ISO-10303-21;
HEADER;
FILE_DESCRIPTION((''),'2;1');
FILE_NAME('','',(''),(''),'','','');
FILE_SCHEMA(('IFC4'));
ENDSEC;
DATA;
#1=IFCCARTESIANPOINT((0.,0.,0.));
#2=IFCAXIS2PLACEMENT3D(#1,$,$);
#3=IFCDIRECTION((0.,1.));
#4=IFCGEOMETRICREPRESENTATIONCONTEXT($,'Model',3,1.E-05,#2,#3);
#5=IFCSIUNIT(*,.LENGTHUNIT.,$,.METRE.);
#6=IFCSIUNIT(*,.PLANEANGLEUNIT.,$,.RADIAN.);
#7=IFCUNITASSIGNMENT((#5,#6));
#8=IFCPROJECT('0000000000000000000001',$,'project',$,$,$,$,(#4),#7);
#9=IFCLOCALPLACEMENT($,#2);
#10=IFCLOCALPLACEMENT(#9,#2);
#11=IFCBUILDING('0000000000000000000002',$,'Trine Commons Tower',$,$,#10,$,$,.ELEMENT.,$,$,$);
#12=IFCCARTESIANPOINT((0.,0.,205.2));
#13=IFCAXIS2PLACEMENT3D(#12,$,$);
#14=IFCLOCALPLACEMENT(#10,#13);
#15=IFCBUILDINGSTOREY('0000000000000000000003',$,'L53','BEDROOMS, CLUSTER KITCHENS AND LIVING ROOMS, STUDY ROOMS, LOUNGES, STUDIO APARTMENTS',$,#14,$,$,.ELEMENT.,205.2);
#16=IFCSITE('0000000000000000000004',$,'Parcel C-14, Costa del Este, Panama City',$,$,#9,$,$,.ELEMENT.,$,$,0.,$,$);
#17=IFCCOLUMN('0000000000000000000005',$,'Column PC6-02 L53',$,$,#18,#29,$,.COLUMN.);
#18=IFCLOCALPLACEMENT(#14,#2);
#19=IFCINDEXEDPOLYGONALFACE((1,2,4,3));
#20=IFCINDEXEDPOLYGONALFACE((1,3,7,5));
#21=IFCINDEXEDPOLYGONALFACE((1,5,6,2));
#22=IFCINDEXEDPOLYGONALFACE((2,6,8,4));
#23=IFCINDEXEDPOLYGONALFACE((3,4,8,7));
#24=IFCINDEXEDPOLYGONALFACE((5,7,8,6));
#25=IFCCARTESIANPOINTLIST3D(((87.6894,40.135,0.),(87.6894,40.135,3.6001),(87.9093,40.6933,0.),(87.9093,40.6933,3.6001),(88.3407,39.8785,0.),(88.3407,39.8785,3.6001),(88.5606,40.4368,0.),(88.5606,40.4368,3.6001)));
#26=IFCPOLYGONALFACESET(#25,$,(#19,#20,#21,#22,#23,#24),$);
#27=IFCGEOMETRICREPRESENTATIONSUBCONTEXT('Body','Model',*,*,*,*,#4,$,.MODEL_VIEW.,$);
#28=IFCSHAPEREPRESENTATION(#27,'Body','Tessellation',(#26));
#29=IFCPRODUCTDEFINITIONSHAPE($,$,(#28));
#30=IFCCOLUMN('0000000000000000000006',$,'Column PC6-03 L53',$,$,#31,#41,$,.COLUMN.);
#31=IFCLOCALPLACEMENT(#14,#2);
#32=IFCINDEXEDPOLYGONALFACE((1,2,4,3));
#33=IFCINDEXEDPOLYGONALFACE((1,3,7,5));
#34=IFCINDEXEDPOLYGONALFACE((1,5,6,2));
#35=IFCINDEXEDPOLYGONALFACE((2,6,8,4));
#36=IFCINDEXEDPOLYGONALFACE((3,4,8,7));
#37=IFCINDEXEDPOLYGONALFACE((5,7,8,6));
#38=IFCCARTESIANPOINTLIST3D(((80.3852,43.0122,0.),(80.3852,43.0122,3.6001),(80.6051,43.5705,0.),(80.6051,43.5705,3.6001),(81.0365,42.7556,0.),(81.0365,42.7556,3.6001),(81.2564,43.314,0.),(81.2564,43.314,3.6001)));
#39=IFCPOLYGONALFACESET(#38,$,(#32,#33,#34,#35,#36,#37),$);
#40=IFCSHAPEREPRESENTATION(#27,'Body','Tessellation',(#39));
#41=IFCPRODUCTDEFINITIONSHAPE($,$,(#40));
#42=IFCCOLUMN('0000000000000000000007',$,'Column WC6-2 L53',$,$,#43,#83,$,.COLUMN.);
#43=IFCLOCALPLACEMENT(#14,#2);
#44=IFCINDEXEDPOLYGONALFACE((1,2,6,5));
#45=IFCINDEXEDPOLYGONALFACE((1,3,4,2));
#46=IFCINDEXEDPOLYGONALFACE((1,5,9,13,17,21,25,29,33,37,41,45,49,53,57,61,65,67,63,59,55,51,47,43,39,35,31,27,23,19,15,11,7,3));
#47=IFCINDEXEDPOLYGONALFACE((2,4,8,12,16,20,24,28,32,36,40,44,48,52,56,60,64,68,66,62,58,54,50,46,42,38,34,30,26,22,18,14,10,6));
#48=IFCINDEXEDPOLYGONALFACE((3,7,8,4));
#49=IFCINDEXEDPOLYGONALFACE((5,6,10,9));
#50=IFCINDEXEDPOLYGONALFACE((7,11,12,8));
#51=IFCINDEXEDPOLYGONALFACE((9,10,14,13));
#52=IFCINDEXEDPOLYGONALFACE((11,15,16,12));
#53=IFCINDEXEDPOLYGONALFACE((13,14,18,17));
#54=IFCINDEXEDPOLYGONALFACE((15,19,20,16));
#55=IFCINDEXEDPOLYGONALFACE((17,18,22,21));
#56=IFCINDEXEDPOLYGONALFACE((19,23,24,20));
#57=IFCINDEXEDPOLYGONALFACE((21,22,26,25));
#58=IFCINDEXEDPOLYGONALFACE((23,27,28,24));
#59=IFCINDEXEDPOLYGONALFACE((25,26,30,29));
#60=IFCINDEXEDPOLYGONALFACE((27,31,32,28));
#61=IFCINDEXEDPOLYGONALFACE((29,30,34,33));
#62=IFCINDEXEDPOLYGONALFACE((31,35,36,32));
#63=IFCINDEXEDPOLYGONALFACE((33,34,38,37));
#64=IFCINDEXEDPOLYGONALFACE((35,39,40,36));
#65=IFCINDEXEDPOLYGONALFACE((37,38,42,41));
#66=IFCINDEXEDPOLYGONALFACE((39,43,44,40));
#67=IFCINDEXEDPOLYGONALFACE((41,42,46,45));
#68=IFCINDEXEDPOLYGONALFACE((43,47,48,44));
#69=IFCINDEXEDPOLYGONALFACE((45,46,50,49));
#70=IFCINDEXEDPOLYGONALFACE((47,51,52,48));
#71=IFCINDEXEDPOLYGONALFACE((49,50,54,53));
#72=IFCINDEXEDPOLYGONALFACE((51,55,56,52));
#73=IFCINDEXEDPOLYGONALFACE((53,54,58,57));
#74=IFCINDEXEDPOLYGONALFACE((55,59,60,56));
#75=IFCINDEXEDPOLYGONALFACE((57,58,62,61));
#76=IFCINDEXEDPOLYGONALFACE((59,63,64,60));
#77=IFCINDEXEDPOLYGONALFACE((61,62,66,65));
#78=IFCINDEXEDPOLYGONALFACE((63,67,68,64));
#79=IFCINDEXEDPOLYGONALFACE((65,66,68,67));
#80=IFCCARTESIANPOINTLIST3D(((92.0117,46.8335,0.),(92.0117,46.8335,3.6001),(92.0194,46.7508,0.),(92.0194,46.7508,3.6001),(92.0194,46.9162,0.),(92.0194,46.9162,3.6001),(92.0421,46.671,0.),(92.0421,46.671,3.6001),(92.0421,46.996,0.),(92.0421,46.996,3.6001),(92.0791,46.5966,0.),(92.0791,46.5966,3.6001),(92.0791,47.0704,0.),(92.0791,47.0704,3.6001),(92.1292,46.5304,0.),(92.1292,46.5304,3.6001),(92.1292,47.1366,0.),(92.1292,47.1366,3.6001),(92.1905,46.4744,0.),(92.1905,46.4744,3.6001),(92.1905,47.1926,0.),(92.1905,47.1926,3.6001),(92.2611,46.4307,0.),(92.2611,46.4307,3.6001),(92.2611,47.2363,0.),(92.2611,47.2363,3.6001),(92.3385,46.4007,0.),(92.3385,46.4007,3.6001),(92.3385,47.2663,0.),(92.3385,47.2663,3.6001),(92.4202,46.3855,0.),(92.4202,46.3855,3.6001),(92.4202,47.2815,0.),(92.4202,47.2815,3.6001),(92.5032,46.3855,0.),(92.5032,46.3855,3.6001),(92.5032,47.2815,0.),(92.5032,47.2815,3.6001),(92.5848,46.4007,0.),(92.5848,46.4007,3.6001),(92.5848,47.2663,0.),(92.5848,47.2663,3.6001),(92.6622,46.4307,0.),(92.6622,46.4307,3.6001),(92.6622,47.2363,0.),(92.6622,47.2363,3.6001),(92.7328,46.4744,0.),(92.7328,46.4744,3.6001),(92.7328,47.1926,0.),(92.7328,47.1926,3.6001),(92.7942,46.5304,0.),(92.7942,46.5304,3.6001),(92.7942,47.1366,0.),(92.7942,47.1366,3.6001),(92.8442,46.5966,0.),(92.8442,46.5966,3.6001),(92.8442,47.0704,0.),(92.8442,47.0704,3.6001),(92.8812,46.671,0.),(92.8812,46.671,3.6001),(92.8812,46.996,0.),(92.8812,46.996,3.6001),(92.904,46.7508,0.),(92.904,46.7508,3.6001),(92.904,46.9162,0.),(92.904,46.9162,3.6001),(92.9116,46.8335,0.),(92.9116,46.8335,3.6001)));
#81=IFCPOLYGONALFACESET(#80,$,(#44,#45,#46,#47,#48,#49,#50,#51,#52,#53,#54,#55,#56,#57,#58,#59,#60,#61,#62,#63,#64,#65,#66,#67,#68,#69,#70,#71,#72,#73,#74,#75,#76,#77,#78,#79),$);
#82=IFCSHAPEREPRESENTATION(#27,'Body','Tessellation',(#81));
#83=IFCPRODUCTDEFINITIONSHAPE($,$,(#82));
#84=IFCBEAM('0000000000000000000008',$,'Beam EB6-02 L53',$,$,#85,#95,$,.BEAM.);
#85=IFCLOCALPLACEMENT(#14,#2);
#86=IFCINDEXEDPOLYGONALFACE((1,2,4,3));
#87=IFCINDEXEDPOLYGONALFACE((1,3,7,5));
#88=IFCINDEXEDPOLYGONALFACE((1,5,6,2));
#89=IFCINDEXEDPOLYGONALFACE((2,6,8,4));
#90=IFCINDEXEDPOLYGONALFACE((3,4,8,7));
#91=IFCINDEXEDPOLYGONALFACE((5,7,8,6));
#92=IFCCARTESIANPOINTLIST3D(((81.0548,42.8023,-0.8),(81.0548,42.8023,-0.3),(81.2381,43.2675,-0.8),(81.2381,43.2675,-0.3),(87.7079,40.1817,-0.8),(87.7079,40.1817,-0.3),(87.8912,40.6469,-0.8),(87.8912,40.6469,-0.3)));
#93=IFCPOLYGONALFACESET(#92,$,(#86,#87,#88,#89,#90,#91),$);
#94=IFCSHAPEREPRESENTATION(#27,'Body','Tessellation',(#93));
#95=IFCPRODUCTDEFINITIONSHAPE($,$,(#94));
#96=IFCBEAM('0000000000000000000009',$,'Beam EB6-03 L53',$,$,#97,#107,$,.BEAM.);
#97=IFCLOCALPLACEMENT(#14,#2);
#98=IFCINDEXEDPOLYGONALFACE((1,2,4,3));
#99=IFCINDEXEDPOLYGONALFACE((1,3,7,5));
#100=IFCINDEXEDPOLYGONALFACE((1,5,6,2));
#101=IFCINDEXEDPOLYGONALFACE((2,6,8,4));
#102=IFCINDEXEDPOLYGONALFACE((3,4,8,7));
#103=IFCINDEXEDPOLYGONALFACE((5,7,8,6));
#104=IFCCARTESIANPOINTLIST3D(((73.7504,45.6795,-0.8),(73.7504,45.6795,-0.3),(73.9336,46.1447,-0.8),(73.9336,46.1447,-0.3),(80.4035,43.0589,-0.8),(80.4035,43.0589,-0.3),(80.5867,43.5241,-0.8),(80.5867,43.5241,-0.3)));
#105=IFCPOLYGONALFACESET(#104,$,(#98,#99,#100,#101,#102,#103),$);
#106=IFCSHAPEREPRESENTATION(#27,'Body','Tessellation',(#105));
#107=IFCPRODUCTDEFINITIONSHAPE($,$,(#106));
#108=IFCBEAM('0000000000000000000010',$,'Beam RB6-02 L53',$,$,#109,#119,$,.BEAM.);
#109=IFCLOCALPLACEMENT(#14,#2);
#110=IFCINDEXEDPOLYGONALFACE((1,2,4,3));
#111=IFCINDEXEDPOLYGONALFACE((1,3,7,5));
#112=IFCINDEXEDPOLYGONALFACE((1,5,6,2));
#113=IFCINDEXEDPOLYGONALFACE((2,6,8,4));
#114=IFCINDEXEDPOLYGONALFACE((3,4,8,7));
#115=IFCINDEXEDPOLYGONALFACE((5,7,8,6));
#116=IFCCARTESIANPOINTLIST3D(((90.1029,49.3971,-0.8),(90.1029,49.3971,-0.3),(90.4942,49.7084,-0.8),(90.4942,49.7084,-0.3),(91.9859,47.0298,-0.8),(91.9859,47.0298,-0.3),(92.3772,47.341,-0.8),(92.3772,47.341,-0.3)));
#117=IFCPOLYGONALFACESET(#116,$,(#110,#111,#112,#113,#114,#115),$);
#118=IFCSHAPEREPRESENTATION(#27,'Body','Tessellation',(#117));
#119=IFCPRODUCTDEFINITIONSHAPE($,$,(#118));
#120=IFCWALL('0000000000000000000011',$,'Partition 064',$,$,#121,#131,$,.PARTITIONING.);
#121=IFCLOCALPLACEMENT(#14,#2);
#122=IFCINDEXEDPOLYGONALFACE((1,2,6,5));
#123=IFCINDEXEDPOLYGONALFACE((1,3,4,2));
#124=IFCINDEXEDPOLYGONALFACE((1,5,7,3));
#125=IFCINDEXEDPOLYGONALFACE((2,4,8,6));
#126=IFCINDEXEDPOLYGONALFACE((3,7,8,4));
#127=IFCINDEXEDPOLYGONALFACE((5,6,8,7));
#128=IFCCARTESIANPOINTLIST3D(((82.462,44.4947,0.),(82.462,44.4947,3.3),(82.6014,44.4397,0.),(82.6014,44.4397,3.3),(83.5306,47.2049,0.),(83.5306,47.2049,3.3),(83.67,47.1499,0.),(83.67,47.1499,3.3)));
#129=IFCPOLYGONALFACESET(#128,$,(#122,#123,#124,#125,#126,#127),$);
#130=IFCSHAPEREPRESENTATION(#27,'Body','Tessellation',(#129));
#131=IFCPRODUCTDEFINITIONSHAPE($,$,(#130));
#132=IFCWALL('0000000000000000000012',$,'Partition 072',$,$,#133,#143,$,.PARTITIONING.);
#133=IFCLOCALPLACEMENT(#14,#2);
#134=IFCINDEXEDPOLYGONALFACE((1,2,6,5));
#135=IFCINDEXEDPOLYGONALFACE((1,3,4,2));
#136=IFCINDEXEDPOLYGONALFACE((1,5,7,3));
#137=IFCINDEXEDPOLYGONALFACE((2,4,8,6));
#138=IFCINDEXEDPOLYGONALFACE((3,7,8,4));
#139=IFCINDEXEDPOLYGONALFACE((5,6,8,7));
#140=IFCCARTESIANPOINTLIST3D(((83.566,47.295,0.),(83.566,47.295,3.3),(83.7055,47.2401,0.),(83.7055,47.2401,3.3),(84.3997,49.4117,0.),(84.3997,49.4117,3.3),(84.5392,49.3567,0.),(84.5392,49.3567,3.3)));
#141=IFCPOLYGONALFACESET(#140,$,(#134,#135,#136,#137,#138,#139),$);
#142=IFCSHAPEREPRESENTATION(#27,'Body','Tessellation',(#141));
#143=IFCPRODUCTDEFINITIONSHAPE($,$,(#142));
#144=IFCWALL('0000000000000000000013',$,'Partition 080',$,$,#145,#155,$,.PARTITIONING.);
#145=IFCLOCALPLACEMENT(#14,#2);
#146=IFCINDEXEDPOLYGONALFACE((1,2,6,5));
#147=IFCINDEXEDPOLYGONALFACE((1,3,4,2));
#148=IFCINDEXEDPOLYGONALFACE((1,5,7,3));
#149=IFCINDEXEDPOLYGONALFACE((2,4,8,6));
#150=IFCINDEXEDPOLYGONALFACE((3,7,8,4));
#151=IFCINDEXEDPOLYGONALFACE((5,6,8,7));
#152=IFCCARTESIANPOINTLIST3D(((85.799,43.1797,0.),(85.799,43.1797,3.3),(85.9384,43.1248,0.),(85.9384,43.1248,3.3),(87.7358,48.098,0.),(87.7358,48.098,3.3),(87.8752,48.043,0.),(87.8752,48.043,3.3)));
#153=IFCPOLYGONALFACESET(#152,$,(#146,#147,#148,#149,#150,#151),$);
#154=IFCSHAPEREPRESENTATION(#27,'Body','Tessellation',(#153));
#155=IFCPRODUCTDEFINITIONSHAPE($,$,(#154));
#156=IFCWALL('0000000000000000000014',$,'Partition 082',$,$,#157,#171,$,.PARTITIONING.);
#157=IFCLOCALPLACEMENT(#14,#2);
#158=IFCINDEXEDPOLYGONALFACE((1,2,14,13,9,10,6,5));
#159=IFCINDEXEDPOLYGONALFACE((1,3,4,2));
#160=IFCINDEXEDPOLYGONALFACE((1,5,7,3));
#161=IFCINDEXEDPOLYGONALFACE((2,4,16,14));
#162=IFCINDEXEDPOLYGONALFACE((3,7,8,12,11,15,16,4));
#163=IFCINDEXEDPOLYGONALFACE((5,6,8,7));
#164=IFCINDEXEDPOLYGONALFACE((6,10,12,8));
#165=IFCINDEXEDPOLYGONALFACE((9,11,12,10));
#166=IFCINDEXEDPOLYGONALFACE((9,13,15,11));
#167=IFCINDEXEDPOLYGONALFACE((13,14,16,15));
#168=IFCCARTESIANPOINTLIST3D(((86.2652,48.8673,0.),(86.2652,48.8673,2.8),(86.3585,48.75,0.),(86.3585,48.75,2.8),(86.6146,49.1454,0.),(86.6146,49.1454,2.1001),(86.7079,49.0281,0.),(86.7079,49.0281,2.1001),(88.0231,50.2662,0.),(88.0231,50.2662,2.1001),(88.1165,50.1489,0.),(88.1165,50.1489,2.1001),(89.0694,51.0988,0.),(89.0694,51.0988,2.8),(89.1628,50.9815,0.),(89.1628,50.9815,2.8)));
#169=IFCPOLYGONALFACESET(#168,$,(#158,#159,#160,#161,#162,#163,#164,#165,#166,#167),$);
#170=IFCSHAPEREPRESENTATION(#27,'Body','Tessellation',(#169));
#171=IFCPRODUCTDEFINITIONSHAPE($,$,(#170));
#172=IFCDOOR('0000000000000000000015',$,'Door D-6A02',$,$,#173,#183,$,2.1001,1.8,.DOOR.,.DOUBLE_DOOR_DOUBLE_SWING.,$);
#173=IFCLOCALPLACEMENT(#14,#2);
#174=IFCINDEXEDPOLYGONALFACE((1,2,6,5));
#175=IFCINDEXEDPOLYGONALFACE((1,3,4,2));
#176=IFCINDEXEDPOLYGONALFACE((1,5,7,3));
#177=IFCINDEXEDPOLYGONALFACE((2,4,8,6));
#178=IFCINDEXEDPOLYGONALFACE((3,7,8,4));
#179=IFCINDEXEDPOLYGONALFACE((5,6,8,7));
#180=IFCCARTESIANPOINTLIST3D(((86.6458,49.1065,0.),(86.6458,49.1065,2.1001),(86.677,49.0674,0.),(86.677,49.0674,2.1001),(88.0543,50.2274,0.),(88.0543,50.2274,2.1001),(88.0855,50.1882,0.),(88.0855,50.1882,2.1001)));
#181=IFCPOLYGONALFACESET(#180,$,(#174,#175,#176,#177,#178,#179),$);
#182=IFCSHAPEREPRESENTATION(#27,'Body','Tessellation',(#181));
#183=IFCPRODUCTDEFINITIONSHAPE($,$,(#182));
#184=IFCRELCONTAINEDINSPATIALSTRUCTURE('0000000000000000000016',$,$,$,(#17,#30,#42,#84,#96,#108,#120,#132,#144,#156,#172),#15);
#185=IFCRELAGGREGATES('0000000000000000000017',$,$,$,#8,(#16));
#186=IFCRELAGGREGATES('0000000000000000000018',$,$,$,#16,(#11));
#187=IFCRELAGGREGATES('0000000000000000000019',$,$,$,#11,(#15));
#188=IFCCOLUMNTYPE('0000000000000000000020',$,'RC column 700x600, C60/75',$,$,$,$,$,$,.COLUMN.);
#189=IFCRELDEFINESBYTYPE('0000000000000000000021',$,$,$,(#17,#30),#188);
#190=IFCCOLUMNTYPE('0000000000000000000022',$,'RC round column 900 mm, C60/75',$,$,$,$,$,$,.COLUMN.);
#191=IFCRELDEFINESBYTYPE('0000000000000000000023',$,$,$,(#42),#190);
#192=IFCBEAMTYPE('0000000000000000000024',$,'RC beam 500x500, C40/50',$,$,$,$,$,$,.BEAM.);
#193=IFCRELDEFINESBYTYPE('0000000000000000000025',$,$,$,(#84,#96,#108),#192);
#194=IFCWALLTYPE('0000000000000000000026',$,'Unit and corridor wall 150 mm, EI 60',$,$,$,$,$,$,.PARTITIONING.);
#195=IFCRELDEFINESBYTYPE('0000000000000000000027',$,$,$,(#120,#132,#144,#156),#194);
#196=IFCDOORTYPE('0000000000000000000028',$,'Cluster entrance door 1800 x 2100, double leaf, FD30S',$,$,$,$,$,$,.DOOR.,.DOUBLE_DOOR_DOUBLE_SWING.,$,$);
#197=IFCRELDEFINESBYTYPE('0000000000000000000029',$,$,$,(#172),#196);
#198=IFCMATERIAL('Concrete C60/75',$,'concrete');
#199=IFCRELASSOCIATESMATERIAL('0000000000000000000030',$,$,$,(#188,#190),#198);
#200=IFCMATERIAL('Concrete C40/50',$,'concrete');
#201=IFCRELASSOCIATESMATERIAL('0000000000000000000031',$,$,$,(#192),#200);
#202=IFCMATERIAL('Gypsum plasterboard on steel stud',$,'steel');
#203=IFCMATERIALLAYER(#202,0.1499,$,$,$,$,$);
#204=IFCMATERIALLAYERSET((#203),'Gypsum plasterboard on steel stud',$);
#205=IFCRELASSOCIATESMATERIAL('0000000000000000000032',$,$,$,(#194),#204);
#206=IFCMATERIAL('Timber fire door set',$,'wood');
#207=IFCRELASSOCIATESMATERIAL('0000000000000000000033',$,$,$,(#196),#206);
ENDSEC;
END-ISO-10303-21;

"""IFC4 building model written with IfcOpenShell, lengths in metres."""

from ifc_helpers import new_model, si_unit, direction, frame, frame_2d, origin, origin_2d, place, context, subcontext, project, spatial, rectangle, circle, extrude, material, layer, layer_set, material_profile, profile_set, type_object, element, fill, save


model = new_model("IFC4")

# Units and contexts
model_context = context("Model", 3, precision=1e-05, world=origin(), true_north=direction((0.0, 1.0)))
body_context = subcontext(model_context, "Body", "Model", "MODEL_VIEW")
ifc_project = project(units=[si_unit("LENGTHUNIT", "METRE"), si_unit("PLANEANGLEUNIT", "RADIAN")], contexts=[model_context])

# Site, building, storey
site_placement = place(None, origin())
site = spatial("IfcSite", under=ifc_project, at=site_placement, Name="Parcel C-14, Costa del Este, Panama City", CompositionType="ELEMENT", RefElevation=0.0)
building_placement = place(site_placement, origin())
building = spatial("IfcBuilding", under=site, at=building_placement, Name="Trine Commons Tower", CompositionType="ELEMENT")
storey_placement = place(building_placement, frame((0.0, 0.0, 205.2)))
storey = spatial("IfcBuildingStorey", under=building, at=storey_placement, Name="L53", Description="BEDROOMS, CLUSTER KITCHENS AND LIVING ROOMS, STUDY ROOMS, LOUNGES, STUDIO APARTMENTS", CompositionType="ELEMENT", Elevation=205.2)

# Columns
ifc_material_1 = material(Name="Concrete C60/75", Category="concrete")
ifc_material_profile_1 = material_profile(ifc_material_1, rectangle(XDim=0.7, YDim=0.6001, at=origin_2d()), Name="RC 700x600")
ifc_profile_set_1 = profile_set([ifc_material_profile_1], Name="Concrete C60/75")
column_type_1 = type_object("IfcColumnType", Name="RC column 700x600, C60/75", PredefinedType="COLUMN", material=ifc_profile_set_1)
for number, where, z_axis, x_axis, name in (
    (1, (88.125, 40.2859, 0.0), (0.0, 0.0, 1.0), (-0.930418, 0.366501, 0.0), "Column PC6-02 L53"),
    (2, (80.8208, 43.1631, 0.0), (0.0, 0.0, 1.0), (-0.930418, 0.366501, 0.0), "Column PC6-03 L53"),
):
    element("IfcColumn", number, at=place(storey_placement, frame(where, z_axis=z_axis, x_axis=x_axis)), inside=storey, type_object=column_type_1, Name=name, PredefinedType="COLUMN", context=body_context, shape_type="SweptSolid", body=[
        extrude(rectangle(XDim=0.7, YDim=0.6001, at=origin_2d()), origin(), (0.0, 0.0, 1.0), 3.6001),
    ])
ifc_material_profile_2 = material_profile(ifc_material_1, circle(Radius=0.45, at=origin_2d()), Name="RC round 900")
ifc_profile_set_2 = profile_set([ifc_material_profile_2], Name="Concrete C60/75")
column_type_2 = type_object("IfcColumnType", Name="RC round column 900 mm, C60/75", PredefinedType="COLUMN", material=ifc_profile_set_2)
column_placement = place(storey_placement, frame((92.4617, 46.8335, 0.0), z_axis=(0.0, 0.0, 1.0), x_axis=(1.0, 0.0, 0.0)))
element("IfcColumn", 3, at=column_placement, inside=storey, type_object=column_type_2, Name="Column WC6-2 L53", PredefinedType="COLUMN", context=body_context, shape_type="SweptSolid", body=[
    extrude(circle(Radius=0.45, at=origin_2d()), origin(), (0.0, 0.0, 1.0), 3.6001),
])

# Beams
ifc_material_2 = material(Name="Concrete C40/50", Category="concrete")
ifc_material_profile_3 = material_profile(ifc_material_2, rectangle(XDim=0.5, YDim=0.5, at=origin_2d()), Name="RC 500x500")
ifc_profile_set_3 = profile_set([ifc_material_profile_3], Name="Concrete C40/50")
beam_type = type_object("IfcBeamType", Name="RC beam 500x500, C40/50", PredefinedType="BEAM", material=ifc_profile_set_3)
for number, where, z_axis, x_axis, name in (
    (4, (87.7996, 40.4143, -0.55), (-0.930423, 0.366488, 0.0), (-0.366488, -0.930423, 0.0), "Beam EB6-02 L53"),
    (5, (80.4951, 43.2915, -0.55), (-0.930423, 0.366488, 0.0), (-0.366488, -0.930423, 0.0), "Beam EB6-03 L53"),
):
    element("IfcBeam", number, at=place(storey_placement, frame(where, z_axis=z_axis, x_axis=x_axis)), inside=storey, type_object=beam_type, Name=name, PredefinedType="BEAM", context=body_context, shape_type="SweptSolid", body=[
        extrude(rectangle(XDim=0.5, YDim=0.5, at=origin_2d()), origin(), (0.0, 0.0, 1.0), 7.1506),
    ])
beam_placement = place(storey_placement, frame((90.2986, 49.5527, -0.55), z_axis=(0.622498, -0.782622, 0.0), x_axis=(0.782622, 0.622498, 0.0)))
element("IfcBeam", 6, at=beam_placement, inside=storey, type_object=beam_type, Name="Beam RB6-02 L53", PredefinedType="BEAM", context=body_context, shape_type="SweptSolid", body=[
    extrude(rectangle(XDim=0.5, YDim=0.5, at=origin_2d()), origin(), (0.0, 0.0, 1.0), 3.0249),
])

# Walls
ifc_material_3 = material(Name="Gypsum plasterboard on steel stud", Category="steel")
ifc_layer_1 = layer(ifc_material_3, 0.1499)
ifc_layer_set_1 = layer_set([ifc_layer_1], Name="Gypsum plasterboard on steel stud")
wall_type_1 = type_object("IfcWallType", Name="Unit and corridor wall 150 mm, EI 60", PredefinedType="PARTITIONING", material=ifc_layer_set_1)
wall_1_placement = place(storey_placement, frame((82.5317, 44.4673, 0.0), z_axis=(0.0, 0.0, 1.0), x_axis=(0.366806, 0.930298, 0.0)))
element("IfcWall", 7, at=wall_1_placement, inside=storey, type_object=wall_type_1, Name="Partition 064", PredefinedType="PARTITIONING", context=body_context, shape_type="SweptSolid", body=[
    extrude(rectangle(XDim=2.9133, YDim=0.1499, at=frame_2d((1.4565, 0.0))), origin(), (0.0, 0.0, 1.0), 3.3),
])
wall_2_placement = place(storey_placement, frame((83.6357, 47.2676, 0.0), z_axis=(0.0, 0.0, 1.0), x_axis=(0.366482, 0.930425, 0.0)))
element("IfcWall", 8, at=wall_2_placement, inside=storey, type_object=wall_type_1, Name="Partition 072", PredefinedType="PARTITIONING", context=body_context, shape_type="SweptSolid", body=[
    extrude(rectangle(XDim=2.2749, YDim=0.1499, at=frame_2d((1.1375, 0.0))), origin(), (0.0, 0.0, 1.0), 3.3),
])
wall_3_placement = place(storey_placement, frame((85.8687, 43.1521, 0.0), z_axis=(0.0, 0.0, 1.0), x_axis=(0.366408, 0.930454, 0.0)))
element("IfcWall", 9, at=wall_3_placement, inside=storey, type_object=wall_type_1, Name="Partition 080", PredefinedType="PARTITIONING", context=body_context, shape_type="SweptSolid", body=[
    extrude(rectangle(XDim=5.2859, YDim=0.1499, at=frame_2d((2.6431, 0.0))), origin(), (0.0, 0.0, 1.0), 3.3),
])

# Wall, opening, door
wall_4_placement = place(storey_placement, frame((86.3118, 48.8086, 0.0), z_axis=(0.0, 0.0, 1.0), x_axis=(0.782488, 0.622666, 0.0)))
wall_4 = element("IfcWall", 10, at=wall_4_placement, inside=storey, type_object=wall_type_1, Name="Partition 082", PredefinedType="PARTITIONING", context=body_context, shape_type="SweptSolid", body=[
    extrude(rectangle(XDim=3.5837, YDim=0.1499, at=frame_2d((1.792, 0.0))), origin(), (0.0, 0.0, 1.0), 2.8),
])
opening_1_placement = place(wall_4_placement, frame((0.4468, 0.0, 0.0)))
opening_1 = element("IfcOpeningElement", 11, at=opening_1_placement, cuts=wall_4, PredefinedType="OPENING", context=body_context, shape_type="SweptSolid", body=[
    extrude(rectangle(XDim=1.8, YDim=2.1001, at=frame_2d((0.8999, 1.05))), frame((0.0, 0.085, 0.0), z_axis=(0.0, -1.0, 0.0), x_axis=(1.0, 0.0, 0.0)), (0.0, 0.0, 1.0), 0.1699),
])
ifc_material_4 = material(Name="Timber fire door set", Category="wood")
door_type_1 = type_object("IfcDoorType", Name="Cluster entrance door 1800 x 2100, double leaf, FD30S", OperationType="DOUBLE_DOOR_DOUBLE_SWING", PredefinedType="DOOR", material=ifc_material_4)
door_1_placement = place(opening_1_placement, frame((1.8, 0.0, 0.0), z_axis=(0.0, 0.0, 1.0), x_axis=(-1.0, 0.0, 0.0)))
door_1 = element("IfcDoor", 12, at=door_1_placement, inside=storey, type_object=door_type_1, Name="Door D-6A02", OperationType="DOUBLE_DOOR_DOUBLE_SWING", OverallHeight=2.1001, OverallWidth=1.8, PredefinedType="DOOR", context=body_context, shape_type="SweptSolid", body=[
    extrude(rectangle(XDim=1.8, YDim=2.1001, at=frame_2d((0.8999, 1.05))), frame((0.0, 0.0249, 0.0), z_axis=(0.0, -1.0, 0.0), x_axis=(1.0, 0.0, 0.0)), (0.0, 0.0, 1.0), 0.05),
])
fill(opening_1, door_1)

save(model, "model.ifc")
